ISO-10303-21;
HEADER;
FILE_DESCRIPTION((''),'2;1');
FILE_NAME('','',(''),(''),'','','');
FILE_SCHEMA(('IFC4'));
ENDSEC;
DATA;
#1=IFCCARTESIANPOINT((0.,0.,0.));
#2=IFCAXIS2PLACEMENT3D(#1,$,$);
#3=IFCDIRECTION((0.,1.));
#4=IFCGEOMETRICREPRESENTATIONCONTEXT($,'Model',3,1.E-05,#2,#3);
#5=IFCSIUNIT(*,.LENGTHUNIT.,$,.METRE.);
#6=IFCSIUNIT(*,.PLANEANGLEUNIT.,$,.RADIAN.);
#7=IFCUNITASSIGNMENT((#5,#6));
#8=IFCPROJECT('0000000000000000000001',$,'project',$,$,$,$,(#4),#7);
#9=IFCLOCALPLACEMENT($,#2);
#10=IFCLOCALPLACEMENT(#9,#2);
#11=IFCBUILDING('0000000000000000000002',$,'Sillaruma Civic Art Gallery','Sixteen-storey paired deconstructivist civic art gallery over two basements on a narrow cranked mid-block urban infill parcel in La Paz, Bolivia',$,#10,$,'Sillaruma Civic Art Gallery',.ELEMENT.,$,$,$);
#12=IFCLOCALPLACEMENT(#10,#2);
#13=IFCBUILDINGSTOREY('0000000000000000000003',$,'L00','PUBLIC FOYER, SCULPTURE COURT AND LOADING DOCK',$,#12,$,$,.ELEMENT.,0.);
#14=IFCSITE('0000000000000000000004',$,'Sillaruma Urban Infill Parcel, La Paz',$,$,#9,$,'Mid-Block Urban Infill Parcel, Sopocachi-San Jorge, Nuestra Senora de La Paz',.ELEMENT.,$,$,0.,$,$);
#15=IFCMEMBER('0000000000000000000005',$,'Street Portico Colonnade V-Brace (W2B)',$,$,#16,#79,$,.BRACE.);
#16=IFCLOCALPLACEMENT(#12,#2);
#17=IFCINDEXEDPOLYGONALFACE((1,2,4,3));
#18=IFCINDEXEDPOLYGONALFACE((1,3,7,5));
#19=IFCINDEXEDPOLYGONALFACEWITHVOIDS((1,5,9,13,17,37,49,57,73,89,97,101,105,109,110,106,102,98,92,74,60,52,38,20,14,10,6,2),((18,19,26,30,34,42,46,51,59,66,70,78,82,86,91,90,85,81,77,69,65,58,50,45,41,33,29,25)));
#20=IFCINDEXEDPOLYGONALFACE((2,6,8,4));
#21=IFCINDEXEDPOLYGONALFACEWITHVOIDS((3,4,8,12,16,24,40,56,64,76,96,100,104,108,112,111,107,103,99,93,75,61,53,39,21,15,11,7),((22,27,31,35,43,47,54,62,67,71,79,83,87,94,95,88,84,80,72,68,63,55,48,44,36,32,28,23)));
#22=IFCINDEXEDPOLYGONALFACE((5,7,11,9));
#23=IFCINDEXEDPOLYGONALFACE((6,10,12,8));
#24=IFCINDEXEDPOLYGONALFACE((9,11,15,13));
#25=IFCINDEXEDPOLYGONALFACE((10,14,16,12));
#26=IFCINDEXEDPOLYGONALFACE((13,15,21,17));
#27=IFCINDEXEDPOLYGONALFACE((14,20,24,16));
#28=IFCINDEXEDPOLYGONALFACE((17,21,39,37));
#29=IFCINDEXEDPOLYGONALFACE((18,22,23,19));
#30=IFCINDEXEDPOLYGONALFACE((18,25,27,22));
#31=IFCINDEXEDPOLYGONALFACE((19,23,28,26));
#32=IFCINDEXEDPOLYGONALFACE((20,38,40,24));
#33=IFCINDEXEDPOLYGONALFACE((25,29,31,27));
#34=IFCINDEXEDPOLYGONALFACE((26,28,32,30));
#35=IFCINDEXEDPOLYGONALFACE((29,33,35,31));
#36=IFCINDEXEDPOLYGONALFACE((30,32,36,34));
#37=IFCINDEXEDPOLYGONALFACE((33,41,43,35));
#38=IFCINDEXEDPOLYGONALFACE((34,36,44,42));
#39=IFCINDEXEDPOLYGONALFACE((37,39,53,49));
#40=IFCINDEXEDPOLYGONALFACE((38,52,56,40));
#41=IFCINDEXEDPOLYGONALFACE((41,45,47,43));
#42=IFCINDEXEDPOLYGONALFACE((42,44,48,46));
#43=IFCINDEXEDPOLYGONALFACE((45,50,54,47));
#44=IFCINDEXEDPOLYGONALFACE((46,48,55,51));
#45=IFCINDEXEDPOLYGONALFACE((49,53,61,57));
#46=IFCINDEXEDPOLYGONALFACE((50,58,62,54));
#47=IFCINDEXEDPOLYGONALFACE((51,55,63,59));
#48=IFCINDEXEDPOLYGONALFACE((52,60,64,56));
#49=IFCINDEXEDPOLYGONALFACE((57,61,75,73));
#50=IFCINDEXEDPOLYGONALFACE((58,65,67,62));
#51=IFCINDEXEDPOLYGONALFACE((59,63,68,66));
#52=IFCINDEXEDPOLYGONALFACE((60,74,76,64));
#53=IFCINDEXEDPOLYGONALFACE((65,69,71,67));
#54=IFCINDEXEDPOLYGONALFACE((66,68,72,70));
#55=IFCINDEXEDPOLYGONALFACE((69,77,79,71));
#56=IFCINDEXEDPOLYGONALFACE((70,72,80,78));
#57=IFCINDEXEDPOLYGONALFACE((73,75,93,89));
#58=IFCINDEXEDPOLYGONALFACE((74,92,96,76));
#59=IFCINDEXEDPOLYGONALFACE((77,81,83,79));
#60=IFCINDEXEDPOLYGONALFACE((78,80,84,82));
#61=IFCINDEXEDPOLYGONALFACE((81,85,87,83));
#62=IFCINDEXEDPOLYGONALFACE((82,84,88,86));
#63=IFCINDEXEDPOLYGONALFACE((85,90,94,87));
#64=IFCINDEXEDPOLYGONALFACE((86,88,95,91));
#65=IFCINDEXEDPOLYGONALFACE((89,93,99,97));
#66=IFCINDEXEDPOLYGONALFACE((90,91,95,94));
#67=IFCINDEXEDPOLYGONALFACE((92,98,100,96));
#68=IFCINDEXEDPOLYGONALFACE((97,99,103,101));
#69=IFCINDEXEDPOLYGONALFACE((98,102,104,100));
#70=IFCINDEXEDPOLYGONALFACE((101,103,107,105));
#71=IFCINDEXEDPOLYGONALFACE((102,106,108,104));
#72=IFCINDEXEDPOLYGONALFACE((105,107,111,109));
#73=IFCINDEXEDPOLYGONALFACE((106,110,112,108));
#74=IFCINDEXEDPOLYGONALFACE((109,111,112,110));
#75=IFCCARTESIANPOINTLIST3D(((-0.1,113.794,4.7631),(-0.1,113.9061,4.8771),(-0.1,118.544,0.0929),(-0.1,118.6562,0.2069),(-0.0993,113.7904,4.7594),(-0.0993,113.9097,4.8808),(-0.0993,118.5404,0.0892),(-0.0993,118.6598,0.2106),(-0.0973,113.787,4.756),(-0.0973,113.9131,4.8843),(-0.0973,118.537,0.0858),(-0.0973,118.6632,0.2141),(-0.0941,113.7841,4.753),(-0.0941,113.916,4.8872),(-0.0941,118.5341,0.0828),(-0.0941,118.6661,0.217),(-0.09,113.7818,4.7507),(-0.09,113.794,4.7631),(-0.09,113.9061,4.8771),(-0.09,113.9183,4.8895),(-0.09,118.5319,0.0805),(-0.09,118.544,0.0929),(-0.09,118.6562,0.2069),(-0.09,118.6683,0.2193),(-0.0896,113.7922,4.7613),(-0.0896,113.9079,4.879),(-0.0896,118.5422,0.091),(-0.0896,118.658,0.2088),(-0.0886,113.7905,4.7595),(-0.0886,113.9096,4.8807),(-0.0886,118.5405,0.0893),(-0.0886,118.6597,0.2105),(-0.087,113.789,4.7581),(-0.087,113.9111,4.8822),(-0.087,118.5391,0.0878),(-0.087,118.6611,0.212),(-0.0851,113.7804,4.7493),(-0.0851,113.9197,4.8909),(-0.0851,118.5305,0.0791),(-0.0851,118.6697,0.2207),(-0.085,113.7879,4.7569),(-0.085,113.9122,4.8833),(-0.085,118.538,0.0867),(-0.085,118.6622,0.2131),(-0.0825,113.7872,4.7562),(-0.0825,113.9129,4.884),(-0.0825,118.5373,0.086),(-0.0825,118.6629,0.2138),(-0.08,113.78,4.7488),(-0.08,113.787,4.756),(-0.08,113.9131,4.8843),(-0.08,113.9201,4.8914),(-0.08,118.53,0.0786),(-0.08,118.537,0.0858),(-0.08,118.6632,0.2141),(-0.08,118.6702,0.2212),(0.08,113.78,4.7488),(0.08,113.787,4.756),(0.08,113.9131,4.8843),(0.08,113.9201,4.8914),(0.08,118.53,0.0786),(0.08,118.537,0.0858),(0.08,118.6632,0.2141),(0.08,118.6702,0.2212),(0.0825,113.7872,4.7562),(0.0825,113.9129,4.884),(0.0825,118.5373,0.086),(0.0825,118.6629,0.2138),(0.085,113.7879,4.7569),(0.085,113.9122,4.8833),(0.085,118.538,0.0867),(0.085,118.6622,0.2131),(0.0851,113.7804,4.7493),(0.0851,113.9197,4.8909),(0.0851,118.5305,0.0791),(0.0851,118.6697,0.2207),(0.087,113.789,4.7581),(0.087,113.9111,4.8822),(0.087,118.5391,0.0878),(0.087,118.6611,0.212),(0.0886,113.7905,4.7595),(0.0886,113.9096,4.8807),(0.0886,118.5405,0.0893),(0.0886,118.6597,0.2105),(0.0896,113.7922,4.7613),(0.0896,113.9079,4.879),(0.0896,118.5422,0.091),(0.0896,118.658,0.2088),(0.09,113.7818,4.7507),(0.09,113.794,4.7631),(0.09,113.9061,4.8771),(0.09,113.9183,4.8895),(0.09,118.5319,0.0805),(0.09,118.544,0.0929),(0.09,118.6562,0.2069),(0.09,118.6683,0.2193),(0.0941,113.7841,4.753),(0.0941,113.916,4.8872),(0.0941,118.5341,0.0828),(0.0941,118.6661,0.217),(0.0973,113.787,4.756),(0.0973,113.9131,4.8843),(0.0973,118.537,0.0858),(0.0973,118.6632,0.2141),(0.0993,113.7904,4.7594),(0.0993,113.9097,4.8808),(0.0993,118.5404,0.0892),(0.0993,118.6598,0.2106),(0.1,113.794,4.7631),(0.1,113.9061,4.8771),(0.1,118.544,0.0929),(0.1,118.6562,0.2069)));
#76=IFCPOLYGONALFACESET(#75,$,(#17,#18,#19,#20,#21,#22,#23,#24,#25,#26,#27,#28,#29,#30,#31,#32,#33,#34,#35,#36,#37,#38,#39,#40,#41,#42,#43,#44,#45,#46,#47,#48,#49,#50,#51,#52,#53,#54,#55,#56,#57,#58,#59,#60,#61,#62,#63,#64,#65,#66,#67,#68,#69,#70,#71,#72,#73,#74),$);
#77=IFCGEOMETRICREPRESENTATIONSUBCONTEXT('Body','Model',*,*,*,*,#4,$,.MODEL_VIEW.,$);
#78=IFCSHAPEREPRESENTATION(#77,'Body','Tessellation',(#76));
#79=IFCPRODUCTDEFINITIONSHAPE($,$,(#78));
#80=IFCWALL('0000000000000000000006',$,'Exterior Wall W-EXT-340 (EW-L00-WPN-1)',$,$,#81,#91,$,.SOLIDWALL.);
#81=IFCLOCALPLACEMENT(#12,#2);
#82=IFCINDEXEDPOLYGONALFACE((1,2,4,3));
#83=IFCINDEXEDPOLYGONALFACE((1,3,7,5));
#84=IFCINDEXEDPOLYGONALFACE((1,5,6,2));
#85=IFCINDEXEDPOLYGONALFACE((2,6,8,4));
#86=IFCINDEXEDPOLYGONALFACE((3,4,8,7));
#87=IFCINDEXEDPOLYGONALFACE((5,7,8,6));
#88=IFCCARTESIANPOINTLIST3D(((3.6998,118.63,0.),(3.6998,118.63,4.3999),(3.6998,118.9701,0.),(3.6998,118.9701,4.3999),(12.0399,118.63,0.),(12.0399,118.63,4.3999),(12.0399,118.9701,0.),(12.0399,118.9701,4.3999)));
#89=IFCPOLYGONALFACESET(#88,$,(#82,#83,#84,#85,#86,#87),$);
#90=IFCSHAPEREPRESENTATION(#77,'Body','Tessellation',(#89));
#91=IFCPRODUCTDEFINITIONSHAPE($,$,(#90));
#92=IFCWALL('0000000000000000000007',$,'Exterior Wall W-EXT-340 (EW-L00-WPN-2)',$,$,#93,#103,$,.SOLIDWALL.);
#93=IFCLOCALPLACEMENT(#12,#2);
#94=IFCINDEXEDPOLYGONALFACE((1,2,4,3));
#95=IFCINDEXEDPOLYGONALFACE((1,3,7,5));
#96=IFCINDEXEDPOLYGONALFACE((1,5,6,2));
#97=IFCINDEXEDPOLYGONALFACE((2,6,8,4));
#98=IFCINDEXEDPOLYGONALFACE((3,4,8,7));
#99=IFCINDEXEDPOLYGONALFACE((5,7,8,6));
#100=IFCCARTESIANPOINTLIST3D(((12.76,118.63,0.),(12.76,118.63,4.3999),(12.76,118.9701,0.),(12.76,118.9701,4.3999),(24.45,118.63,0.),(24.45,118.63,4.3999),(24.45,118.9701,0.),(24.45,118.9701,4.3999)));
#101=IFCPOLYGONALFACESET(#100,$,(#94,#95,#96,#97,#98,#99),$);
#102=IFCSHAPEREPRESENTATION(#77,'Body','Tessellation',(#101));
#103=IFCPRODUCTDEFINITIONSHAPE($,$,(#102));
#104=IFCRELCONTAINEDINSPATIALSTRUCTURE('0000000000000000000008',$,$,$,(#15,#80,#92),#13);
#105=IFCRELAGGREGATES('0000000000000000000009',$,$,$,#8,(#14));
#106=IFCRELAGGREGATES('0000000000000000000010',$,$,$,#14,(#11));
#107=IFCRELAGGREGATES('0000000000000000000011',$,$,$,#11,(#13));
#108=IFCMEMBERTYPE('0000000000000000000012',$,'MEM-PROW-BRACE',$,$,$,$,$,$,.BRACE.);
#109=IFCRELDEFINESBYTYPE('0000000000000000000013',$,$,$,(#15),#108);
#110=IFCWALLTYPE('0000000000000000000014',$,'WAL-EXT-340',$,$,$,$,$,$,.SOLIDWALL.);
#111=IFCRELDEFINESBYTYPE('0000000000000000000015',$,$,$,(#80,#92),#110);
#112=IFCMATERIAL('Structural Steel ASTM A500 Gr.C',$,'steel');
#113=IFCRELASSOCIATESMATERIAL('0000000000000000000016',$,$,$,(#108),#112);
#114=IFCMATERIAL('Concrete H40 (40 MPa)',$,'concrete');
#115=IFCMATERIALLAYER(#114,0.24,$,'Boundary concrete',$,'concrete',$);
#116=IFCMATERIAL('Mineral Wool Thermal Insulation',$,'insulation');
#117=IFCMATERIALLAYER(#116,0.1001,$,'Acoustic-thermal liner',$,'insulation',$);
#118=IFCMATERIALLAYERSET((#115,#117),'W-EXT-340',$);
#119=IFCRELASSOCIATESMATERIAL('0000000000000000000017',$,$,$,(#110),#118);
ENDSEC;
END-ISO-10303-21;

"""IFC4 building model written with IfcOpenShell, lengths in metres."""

from ifc_helpers import new_model, si_unit, direction, frame, frame_2d, origin, origin_2d, place, context, subcontext, project, spatial, rectangle, hollow_rectangle, extrude, material, layer, layer_set, material_profile, profile_set, type_object, element, save


model = new_model("IFC4")

# Units and contexts
model_context = context("Model", 3, precision=1e-05, world=origin(), true_north=direction((0.0, 1.0)))
body_context = subcontext(model_context, "Body", "Model", "MODEL_VIEW")
ifc_project = project(units=[si_unit("LENGTHUNIT", "METRE"), si_unit("PLANEANGLEUNIT", "RADIAN")], contexts=[model_context])

# Site, building, storey
site_placement = place(None, origin())
site = spatial("IfcSite", under=ifc_project, at=site_placement, Name="Sillaruma Urban Infill Parcel, La Paz", LongName="Mid-Block Urban Infill Parcel, Sopocachi-San Jorge, Nuestra Senora de La Paz", CompositionType="ELEMENT", RefElevation=0.0)
building_placement = place(site_placement, origin())
building = spatial("IfcBuilding", under=site, at=building_placement, Name="Sillaruma Civic Art Gallery", Description="Sixteen-storey paired deconstructivist civic art gallery over two basements on a narrow cranked mid-block urban infill parcel in La Paz, Bolivia", LongName="Sillaruma Civic Art Gallery", CompositionType="ELEMENT")
storey_placement = place(building_placement, origin())
storey = spatial("IfcBuildingStorey", under=building, at=storey_placement, Name="L00", Description="PUBLIC FOYER, SCULPTURE COURT AND LOADING DOCK", CompositionType="ELEMENT", Elevation=0.0)

# Shared definitions
ifc_material_1 = material(Name="Concrete H40 (40 MPa)", Category="concrete")

# Member
ifc_material_2 = material(Name="Structural Steel ASTM A500 Gr.C", Category="steel")
ifc_material_profile_1 = material_profile(ifc_material_2, hollow_rectangle(XDim=0.2, YDim=0.2, WallThickness=0.01, InnerFilletRadius=0.01, OuterFilletRadius=0.02, at=origin_2d()), Name="HSS200x200x10")
ifc_profile_set_1 = profile_set([ifc_material_profile_1], Name="Structural Steel ASTM A500 Gr.C")
member_type = type_object("IfcMemberType", Name="MEM-PROW-BRACE", PredefinedType="BRACE", material=ifc_profile_set_1)
for number, where, z_axis, x_axis, name in (
    (1, (0.0, 118.6001, 0.1499), (0.0, -0.713074, 0.701089), (1.0, 0.0, 0.0), "Street Portico Colonnade V-Brace (W2B)"),
):
    element("IfcMember", number, at=place(storey_placement, frame(where, z_axis=z_axis, x_axis=x_axis)), inside=storey, type_object=member_type, Name=name, PredefinedType="BRACE", context=body_context, shape_type="SweptSolid", body=[
        extrude(hollow_rectangle(XDim=0.2, YDim=0.2, WallThickness=0.01, InnerFilletRadius=0.01, OuterFilletRadius=0.02, at=origin_2d()), origin(), (0.0, 0.0, 1.0), 6.6614),
    ])

# Shared definitions
ifc_material_3 = material(Name="Mineral Wool Thermal Insulation", Category="insulation")

# Walls
ifc_layer_1 = layer(ifc_material_1, 0.24, Name="Boundary concrete", Category="concrete")
ifc_layer_2 = layer(ifc_material_3, 0.1001, Name="Acoustic-thermal liner", Category="insulation")
ifc_layer_set_1 = layer_set([ifc_layer_1, ifc_layer_2], Name="W-EXT-340")
wall_type_1 = type_object("IfcWallType", Name="WAL-EXT-340", PredefinedType="SOLIDWALL", material=ifc_layer_set_1)
wall_1_placement = place(storey_placement, frame((3.7, 118.8, 0.0), z_axis=(0.0, 0.0, 1.0), x_axis=(1.0, 0.0, 0.0)))
element("IfcWall", 2, at=wall_1_placement, inside=storey, type_object=wall_type_1, Name="Exterior Wall W-EXT-340 (EW-L00-WPN-1)", PredefinedType="SOLIDWALL", context=body_context, shape_type="SweptSolid", body=[
    extrude(rectangle(XDim=8.3401, YDim=0.3401, at=frame_2d((4.1699, 0.0))), origin(), (0.0, 0.0, 1.0), 4.3999),
])
wall_2_placement = place(storey_placement, frame((12.76, 118.8, 0.0), z_axis=(0.0, 0.0, 1.0), x_axis=(1.0, 0.0, 0.0)))
element("IfcWall", 3, at=wall_2_placement, inside=storey, type_object=wall_type_1, Name="Exterior Wall W-EXT-340 (EW-L00-WPN-2)", PredefinedType="SOLIDWALL", context=body_context, shape_type="SweptSolid", body=[
    extrude(rectangle(XDim=11.6899, YDim=0.3401, at=frame_2d((5.845, 0.0))), origin(), (0.0, 0.0, 1.0), 4.3999),
])

save(model, "model.ifc")
